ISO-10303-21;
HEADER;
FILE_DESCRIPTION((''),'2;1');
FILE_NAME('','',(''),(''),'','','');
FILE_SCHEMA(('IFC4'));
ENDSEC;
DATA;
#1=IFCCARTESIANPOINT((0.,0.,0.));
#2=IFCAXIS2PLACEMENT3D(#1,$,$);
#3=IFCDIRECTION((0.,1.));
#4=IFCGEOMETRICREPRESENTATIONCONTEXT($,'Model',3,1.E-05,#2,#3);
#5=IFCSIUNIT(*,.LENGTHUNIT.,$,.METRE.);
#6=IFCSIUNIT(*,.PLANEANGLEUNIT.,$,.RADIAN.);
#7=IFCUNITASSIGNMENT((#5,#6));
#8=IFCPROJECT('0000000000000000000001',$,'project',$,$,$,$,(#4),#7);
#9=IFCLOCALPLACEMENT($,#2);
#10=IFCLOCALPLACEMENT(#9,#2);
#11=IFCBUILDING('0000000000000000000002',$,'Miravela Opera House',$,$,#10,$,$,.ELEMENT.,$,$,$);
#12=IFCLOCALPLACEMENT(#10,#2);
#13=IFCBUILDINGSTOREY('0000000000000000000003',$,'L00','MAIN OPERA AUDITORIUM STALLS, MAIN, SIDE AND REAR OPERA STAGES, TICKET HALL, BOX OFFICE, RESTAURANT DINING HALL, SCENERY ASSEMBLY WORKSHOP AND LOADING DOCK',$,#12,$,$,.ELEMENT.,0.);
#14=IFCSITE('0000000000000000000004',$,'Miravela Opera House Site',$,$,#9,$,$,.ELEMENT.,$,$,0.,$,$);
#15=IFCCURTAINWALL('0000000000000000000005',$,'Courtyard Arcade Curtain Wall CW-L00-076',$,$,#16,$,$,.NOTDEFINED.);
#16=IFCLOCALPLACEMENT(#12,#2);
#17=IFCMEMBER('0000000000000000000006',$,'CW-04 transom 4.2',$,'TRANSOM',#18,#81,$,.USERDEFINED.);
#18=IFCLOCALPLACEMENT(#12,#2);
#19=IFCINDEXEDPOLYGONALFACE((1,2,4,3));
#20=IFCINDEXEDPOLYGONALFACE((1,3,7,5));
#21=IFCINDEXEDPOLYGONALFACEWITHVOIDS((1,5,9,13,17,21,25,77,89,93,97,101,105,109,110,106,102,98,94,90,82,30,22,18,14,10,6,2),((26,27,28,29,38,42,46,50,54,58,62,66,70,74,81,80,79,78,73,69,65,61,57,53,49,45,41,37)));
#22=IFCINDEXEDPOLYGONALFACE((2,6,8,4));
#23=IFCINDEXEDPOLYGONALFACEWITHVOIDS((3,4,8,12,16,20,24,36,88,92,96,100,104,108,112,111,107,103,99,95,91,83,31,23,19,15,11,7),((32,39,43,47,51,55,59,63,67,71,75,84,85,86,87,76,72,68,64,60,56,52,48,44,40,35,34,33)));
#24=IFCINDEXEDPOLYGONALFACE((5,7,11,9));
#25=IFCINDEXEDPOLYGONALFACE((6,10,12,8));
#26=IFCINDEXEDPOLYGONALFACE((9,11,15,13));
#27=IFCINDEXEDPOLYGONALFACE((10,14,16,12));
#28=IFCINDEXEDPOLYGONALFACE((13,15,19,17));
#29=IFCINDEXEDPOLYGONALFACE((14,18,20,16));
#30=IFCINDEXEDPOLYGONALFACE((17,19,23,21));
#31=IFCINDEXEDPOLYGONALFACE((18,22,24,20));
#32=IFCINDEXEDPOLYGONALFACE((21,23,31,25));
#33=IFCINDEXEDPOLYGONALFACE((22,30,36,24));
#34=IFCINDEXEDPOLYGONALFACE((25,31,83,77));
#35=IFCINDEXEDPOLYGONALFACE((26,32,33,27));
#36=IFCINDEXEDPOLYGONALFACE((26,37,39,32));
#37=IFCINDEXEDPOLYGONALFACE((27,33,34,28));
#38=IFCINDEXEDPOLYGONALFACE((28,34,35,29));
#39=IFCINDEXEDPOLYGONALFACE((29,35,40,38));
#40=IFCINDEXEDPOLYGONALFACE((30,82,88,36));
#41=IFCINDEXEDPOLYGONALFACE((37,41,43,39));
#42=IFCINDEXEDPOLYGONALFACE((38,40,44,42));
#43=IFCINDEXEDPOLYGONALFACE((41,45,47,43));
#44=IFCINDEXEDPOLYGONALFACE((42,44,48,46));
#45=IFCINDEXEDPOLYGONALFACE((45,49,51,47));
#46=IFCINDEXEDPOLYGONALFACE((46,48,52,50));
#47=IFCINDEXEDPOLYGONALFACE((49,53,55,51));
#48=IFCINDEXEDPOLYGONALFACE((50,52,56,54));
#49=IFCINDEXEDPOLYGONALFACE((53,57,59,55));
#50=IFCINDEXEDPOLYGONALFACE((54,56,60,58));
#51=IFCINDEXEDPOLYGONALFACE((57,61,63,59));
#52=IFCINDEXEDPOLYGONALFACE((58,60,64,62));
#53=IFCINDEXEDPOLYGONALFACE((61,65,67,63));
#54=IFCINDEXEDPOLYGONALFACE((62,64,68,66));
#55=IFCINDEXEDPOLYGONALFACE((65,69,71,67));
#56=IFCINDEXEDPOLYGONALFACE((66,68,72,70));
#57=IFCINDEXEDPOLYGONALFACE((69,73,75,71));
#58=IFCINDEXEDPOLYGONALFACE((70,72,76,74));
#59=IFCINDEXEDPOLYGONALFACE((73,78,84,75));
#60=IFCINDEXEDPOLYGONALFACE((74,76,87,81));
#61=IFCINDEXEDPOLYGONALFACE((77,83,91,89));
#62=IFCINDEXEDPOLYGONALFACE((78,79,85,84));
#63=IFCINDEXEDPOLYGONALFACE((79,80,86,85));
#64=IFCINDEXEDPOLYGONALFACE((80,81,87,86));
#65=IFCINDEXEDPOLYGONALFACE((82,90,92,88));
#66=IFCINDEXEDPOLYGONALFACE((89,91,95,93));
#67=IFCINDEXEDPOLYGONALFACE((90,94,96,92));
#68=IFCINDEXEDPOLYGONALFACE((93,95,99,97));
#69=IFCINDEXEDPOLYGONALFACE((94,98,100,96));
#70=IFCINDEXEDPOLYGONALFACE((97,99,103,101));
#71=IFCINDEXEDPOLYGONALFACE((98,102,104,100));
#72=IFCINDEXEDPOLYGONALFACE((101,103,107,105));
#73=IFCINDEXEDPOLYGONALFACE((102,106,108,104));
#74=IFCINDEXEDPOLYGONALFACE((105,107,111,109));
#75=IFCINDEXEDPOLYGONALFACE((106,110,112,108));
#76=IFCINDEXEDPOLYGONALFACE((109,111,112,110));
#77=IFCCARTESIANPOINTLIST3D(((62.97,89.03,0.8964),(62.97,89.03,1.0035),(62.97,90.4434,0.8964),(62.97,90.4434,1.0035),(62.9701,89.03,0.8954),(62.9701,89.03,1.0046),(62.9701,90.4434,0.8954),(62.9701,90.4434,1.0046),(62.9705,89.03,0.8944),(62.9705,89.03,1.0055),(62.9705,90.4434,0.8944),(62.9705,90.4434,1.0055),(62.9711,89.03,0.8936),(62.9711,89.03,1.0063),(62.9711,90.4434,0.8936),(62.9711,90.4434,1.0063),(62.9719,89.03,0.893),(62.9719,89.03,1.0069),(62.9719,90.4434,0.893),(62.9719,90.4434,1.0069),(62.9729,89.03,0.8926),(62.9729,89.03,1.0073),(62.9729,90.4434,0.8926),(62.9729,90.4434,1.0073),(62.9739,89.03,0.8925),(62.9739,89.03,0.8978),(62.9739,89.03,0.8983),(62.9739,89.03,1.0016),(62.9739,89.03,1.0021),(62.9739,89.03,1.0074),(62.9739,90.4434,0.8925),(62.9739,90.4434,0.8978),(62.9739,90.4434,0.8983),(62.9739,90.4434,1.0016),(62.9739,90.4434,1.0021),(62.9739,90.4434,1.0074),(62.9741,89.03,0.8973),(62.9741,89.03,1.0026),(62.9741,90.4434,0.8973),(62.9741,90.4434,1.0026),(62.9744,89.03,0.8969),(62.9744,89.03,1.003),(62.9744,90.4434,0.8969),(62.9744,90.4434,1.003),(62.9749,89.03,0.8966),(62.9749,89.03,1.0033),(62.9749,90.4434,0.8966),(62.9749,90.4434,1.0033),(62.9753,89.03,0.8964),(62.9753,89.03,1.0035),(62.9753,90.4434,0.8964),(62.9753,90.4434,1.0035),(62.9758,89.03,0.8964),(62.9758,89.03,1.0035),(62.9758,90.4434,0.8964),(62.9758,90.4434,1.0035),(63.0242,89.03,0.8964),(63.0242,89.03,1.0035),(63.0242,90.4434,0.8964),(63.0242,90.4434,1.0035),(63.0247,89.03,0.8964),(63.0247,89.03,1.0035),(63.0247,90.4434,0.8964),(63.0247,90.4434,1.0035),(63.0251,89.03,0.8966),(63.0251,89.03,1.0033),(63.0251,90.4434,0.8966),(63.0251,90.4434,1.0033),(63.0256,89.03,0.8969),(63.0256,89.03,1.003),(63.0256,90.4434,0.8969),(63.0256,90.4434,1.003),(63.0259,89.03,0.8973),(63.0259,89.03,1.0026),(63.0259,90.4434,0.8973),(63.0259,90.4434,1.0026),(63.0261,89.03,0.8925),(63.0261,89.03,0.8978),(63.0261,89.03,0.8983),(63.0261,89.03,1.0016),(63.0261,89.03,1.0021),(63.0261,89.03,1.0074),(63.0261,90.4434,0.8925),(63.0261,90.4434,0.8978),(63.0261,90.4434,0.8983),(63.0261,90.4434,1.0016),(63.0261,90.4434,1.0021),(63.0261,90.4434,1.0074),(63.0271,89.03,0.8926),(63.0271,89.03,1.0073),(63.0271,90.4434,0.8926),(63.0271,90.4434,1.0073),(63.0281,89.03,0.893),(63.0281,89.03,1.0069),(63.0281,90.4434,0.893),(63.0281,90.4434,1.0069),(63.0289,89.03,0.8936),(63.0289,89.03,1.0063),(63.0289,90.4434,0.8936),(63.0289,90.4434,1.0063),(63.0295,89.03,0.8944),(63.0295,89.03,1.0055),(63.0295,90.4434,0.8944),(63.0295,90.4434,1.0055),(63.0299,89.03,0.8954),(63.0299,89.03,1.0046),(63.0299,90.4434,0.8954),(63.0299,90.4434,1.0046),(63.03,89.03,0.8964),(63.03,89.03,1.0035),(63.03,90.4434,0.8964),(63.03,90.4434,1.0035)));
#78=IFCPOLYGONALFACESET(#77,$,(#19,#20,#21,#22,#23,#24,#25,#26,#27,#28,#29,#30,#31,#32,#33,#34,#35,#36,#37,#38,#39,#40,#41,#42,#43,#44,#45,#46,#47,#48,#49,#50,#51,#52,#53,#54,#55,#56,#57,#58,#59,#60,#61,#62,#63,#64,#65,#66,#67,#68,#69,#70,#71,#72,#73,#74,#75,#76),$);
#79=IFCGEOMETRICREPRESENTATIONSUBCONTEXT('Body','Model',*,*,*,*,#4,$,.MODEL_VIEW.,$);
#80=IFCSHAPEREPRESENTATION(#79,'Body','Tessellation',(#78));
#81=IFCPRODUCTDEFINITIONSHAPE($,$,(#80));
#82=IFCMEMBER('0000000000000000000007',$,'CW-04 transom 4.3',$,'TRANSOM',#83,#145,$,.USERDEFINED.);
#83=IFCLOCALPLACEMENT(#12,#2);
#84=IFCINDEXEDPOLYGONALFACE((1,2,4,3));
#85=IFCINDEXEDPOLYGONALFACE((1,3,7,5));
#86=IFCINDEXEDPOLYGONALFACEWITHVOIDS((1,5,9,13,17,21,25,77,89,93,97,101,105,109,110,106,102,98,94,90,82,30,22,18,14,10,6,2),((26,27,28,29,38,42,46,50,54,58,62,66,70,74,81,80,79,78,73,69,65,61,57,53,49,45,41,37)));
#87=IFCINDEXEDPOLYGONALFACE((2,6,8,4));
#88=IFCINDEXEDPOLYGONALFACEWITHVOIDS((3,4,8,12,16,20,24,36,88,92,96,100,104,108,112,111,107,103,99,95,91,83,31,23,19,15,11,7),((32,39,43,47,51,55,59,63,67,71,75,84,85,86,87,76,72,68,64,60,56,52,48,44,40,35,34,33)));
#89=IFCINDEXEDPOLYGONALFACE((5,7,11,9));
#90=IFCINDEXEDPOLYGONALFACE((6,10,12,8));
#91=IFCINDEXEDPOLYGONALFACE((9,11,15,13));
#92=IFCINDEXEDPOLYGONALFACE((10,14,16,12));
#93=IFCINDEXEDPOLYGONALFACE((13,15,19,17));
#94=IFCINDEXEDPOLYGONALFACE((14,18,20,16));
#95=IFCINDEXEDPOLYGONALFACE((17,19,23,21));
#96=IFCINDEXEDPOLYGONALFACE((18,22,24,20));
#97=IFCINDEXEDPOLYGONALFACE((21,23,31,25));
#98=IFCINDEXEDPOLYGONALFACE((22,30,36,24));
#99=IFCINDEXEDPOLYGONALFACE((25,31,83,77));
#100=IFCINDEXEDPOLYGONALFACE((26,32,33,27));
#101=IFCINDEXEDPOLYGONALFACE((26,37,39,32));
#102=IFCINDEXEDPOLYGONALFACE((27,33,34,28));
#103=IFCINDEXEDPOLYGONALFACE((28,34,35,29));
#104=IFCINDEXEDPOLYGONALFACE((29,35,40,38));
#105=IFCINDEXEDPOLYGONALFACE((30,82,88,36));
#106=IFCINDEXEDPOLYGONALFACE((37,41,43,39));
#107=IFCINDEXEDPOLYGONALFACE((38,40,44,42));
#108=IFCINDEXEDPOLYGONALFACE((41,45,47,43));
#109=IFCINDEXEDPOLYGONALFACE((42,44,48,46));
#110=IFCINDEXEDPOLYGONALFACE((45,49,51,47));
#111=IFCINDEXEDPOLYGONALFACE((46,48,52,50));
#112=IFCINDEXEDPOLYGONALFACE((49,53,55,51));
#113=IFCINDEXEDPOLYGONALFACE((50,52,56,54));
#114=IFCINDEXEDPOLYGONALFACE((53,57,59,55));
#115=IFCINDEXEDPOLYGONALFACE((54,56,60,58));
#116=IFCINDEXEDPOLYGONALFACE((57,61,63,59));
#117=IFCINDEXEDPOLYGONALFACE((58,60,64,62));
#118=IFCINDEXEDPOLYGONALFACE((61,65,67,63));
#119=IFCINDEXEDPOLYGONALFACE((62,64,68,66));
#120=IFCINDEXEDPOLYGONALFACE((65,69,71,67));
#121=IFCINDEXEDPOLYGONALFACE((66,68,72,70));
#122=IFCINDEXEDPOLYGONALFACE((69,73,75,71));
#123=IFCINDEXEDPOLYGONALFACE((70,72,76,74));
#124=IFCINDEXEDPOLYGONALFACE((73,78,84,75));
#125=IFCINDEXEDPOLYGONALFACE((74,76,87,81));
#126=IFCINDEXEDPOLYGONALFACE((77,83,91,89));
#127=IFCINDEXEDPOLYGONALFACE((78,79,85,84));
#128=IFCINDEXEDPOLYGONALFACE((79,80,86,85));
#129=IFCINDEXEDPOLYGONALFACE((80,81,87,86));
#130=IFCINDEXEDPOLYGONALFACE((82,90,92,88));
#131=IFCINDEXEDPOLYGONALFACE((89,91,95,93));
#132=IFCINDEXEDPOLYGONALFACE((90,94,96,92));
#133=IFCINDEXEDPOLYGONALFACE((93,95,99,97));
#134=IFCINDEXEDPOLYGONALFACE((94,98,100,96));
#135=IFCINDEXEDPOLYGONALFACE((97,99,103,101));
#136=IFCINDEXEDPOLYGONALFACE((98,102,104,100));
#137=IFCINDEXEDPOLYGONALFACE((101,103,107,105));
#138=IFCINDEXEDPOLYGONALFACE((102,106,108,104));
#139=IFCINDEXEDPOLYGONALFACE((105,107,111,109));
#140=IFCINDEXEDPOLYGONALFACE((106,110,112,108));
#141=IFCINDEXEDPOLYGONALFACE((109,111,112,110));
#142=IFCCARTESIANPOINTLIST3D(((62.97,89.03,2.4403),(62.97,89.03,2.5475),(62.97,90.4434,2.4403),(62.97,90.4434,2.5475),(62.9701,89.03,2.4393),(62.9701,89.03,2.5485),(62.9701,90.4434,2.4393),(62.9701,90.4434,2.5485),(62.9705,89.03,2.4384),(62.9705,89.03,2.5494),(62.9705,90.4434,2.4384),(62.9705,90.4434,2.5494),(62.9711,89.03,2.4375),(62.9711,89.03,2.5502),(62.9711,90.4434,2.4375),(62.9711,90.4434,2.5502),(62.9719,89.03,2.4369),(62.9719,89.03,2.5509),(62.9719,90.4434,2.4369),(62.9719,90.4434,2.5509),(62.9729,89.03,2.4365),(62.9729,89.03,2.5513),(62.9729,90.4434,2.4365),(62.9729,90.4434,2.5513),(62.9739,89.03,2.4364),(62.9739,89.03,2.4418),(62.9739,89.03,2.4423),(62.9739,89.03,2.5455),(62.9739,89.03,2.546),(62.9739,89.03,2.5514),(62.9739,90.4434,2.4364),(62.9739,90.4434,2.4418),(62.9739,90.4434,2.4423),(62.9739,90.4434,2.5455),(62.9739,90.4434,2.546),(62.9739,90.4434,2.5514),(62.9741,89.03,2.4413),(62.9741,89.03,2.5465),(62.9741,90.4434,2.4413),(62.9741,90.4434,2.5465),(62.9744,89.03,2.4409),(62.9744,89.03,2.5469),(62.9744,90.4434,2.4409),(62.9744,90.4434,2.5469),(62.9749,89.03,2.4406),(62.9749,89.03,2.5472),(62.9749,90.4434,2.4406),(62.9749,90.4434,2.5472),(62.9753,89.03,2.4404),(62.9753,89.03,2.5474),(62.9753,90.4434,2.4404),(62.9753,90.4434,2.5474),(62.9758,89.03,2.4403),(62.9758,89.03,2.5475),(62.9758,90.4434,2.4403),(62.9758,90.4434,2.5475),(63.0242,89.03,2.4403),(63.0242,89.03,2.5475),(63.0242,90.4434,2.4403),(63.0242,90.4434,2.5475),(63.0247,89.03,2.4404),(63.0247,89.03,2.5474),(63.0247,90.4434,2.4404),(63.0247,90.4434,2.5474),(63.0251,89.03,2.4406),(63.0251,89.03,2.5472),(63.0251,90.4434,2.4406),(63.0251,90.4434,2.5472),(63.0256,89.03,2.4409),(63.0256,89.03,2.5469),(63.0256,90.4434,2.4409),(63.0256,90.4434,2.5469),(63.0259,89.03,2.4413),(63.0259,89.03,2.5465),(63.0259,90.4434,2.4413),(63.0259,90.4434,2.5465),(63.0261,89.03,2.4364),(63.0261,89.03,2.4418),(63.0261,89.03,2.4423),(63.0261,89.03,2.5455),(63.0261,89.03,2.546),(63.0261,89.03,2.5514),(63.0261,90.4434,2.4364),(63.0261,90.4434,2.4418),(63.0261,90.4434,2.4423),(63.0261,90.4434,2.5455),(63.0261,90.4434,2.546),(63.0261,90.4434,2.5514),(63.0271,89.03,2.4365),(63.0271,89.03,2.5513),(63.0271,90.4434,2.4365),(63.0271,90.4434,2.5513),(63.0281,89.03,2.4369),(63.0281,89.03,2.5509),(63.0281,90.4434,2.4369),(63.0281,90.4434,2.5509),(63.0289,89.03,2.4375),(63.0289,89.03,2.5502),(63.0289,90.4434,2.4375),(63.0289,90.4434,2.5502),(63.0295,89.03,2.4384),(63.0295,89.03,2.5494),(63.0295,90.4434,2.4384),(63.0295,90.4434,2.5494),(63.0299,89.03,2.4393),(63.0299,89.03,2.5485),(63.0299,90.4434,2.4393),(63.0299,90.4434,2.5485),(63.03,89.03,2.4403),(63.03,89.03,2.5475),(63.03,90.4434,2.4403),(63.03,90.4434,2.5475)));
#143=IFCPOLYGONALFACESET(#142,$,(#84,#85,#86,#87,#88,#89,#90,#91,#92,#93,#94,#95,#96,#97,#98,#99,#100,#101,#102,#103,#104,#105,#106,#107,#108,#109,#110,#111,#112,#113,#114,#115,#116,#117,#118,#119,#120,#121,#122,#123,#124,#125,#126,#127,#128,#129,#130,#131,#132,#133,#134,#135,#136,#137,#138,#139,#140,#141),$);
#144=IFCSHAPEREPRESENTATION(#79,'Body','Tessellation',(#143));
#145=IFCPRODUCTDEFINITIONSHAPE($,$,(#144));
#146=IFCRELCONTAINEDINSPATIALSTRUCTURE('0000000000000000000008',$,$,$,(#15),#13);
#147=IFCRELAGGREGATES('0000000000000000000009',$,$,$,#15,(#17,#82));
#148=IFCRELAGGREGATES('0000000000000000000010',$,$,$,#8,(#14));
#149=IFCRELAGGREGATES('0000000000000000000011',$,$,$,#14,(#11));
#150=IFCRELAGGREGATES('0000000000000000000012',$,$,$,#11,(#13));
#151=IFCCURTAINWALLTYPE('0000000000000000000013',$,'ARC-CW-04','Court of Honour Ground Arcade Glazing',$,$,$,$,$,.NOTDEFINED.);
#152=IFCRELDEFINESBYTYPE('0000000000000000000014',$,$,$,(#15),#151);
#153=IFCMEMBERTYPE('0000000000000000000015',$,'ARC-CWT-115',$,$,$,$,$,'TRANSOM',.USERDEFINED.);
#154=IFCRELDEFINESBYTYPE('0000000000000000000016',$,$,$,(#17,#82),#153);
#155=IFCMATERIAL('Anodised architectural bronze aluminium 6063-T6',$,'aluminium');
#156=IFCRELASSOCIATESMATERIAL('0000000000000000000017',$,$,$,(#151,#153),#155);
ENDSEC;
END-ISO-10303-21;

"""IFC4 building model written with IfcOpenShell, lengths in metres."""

from ifc_helpers import new_model, si_unit, direction, frame, origin, origin_2d, place, context, subcontext, project, spatial, hollow_rectangle, extrude, material, material_profile, profile_set, type_object, element, aggregate, save


model = new_model("IFC4")

# Units and contexts
model_context = context("Model", 3, precision=1e-05, world=origin(), true_north=direction((0.0, 1.0)))
body_context = subcontext(model_context, "Body", "Model", "MODEL_VIEW")
ifc_project = project(units=[si_unit("LENGTHUNIT", "METRE"), si_unit("PLANEANGLEUNIT", "RADIAN")], contexts=[model_context])

# Site, building, storey
site_placement = place(None, origin())
site = spatial("IfcSite", under=ifc_project, at=site_placement, Name="Miravela Opera House Site", CompositionType="ELEMENT", RefElevation=0.0)
building_placement = place(site_placement, origin())
building = spatial("IfcBuilding", under=site, at=building_placement, Name="Miravela Opera House", CompositionType="ELEMENT")
storey_placement = place(building_placement, origin())
storey = spatial("IfcBuildingStorey", under=building, at=storey_placement, Name="L00", Description="MAIN OPERA AUDITORIUM STALLS, MAIN, SIDE AND REAR OPERA STAGES, TICKET HALL, BOX OFFICE, RESTAURANT DINING HALL, SCENERY ASSEMBLY WORKSHOP AND LOADING DOCK", CompositionType="ELEMENT", Elevation=0.0)

# Curtain wall, members
ifc_material_1 = material(Name="Anodised architectural bronze aluminium 6063-T6", Category="aluminium")
curtain_wall_type = type_object("IfcCurtainWallType", Name="ARC-CW-04", Description="Court of Honour Ground Arcade Glazing", PredefinedType="NOTDEFINED", material=ifc_material_1)
curtain_wall_placement = place(storey_placement, origin())
curtain_wall = element("IfcCurtainWall", 1, at=curtain_wall_placement, inside=storey, type_object=curtain_wall_type, Name="Courtyard Arcade Curtain Wall CW-L00-076", PredefinedType="NOTDEFINED")
ifc_material_profile_1 = material_profile(ifc_material_1, hollow_rectangle(XDim=0.0601, YDim=0.115, WallThickness=0.0039, InnerFilletRadius=0.002, OuterFilletRadius=0.0039, at=origin_2d()), Name="CWT-60X115")
ifc_profile_set_1 = profile_set([ifc_material_profile_1])
member_type_1 = type_object("IfcMemberType", Name="ARC-CWT-115", ElementType="TRANSOM", PredefinedType="USERDEFINED", material=ifc_profile_set_1)
member_1_placement = place(storey_placement, frame((63.0, 89.03, 0.95), z_axis=(0.0, 1.0, 0.0), x_axis=(-1.0, 0.0, 0.0)))
member_1 = element("IfcMember", 2, at=member_1_placement, type_object=member_type_1, Name="CW-04 transom 4.2", ObjectType="TRANSOM", PredefinedType="USERDEFINED", context=body_context, shape_type="SweptSolid", body=[
    extrude(hollow_rectangle(XDim=0.0601, YDim=0.115, WallThickness=0.0039, InnerFilletRadius=0.002, OuterFilletRadius=0.0039, at=origin_2d()), origin(), (0.0, 0.0, 1.0), 1.4133),
])
member_2_placement = place(storey_placement, frame((63.0, 89.03, 2.4939), z_axis=(0.0, 1.0, 0.0), x_axis=(-1.0, 0.0, 0.0)))
member_2 = element("IfcMember", 3, at=member_2_placement, type_object=member_type_1, Name="CW-04 transom 4.3", ObjectType="TRANSOM", PredefinedType="USERDEFINED", context=body_context, shape_type="SweptSolid", body=[
    extrude(hollow_rectangle(XDim=0.0601, YDim=0.115, WallThickness=0.0039, InnerFilletRadius=0.002, OuterFilletRadius=0.0039, at=origin_2d()), origin(), (0.0, 0.0, 1.0), 1.4133),
])

aggregate(curtain_wall, [member_1, member_2])

save(model, "model.ifc")
